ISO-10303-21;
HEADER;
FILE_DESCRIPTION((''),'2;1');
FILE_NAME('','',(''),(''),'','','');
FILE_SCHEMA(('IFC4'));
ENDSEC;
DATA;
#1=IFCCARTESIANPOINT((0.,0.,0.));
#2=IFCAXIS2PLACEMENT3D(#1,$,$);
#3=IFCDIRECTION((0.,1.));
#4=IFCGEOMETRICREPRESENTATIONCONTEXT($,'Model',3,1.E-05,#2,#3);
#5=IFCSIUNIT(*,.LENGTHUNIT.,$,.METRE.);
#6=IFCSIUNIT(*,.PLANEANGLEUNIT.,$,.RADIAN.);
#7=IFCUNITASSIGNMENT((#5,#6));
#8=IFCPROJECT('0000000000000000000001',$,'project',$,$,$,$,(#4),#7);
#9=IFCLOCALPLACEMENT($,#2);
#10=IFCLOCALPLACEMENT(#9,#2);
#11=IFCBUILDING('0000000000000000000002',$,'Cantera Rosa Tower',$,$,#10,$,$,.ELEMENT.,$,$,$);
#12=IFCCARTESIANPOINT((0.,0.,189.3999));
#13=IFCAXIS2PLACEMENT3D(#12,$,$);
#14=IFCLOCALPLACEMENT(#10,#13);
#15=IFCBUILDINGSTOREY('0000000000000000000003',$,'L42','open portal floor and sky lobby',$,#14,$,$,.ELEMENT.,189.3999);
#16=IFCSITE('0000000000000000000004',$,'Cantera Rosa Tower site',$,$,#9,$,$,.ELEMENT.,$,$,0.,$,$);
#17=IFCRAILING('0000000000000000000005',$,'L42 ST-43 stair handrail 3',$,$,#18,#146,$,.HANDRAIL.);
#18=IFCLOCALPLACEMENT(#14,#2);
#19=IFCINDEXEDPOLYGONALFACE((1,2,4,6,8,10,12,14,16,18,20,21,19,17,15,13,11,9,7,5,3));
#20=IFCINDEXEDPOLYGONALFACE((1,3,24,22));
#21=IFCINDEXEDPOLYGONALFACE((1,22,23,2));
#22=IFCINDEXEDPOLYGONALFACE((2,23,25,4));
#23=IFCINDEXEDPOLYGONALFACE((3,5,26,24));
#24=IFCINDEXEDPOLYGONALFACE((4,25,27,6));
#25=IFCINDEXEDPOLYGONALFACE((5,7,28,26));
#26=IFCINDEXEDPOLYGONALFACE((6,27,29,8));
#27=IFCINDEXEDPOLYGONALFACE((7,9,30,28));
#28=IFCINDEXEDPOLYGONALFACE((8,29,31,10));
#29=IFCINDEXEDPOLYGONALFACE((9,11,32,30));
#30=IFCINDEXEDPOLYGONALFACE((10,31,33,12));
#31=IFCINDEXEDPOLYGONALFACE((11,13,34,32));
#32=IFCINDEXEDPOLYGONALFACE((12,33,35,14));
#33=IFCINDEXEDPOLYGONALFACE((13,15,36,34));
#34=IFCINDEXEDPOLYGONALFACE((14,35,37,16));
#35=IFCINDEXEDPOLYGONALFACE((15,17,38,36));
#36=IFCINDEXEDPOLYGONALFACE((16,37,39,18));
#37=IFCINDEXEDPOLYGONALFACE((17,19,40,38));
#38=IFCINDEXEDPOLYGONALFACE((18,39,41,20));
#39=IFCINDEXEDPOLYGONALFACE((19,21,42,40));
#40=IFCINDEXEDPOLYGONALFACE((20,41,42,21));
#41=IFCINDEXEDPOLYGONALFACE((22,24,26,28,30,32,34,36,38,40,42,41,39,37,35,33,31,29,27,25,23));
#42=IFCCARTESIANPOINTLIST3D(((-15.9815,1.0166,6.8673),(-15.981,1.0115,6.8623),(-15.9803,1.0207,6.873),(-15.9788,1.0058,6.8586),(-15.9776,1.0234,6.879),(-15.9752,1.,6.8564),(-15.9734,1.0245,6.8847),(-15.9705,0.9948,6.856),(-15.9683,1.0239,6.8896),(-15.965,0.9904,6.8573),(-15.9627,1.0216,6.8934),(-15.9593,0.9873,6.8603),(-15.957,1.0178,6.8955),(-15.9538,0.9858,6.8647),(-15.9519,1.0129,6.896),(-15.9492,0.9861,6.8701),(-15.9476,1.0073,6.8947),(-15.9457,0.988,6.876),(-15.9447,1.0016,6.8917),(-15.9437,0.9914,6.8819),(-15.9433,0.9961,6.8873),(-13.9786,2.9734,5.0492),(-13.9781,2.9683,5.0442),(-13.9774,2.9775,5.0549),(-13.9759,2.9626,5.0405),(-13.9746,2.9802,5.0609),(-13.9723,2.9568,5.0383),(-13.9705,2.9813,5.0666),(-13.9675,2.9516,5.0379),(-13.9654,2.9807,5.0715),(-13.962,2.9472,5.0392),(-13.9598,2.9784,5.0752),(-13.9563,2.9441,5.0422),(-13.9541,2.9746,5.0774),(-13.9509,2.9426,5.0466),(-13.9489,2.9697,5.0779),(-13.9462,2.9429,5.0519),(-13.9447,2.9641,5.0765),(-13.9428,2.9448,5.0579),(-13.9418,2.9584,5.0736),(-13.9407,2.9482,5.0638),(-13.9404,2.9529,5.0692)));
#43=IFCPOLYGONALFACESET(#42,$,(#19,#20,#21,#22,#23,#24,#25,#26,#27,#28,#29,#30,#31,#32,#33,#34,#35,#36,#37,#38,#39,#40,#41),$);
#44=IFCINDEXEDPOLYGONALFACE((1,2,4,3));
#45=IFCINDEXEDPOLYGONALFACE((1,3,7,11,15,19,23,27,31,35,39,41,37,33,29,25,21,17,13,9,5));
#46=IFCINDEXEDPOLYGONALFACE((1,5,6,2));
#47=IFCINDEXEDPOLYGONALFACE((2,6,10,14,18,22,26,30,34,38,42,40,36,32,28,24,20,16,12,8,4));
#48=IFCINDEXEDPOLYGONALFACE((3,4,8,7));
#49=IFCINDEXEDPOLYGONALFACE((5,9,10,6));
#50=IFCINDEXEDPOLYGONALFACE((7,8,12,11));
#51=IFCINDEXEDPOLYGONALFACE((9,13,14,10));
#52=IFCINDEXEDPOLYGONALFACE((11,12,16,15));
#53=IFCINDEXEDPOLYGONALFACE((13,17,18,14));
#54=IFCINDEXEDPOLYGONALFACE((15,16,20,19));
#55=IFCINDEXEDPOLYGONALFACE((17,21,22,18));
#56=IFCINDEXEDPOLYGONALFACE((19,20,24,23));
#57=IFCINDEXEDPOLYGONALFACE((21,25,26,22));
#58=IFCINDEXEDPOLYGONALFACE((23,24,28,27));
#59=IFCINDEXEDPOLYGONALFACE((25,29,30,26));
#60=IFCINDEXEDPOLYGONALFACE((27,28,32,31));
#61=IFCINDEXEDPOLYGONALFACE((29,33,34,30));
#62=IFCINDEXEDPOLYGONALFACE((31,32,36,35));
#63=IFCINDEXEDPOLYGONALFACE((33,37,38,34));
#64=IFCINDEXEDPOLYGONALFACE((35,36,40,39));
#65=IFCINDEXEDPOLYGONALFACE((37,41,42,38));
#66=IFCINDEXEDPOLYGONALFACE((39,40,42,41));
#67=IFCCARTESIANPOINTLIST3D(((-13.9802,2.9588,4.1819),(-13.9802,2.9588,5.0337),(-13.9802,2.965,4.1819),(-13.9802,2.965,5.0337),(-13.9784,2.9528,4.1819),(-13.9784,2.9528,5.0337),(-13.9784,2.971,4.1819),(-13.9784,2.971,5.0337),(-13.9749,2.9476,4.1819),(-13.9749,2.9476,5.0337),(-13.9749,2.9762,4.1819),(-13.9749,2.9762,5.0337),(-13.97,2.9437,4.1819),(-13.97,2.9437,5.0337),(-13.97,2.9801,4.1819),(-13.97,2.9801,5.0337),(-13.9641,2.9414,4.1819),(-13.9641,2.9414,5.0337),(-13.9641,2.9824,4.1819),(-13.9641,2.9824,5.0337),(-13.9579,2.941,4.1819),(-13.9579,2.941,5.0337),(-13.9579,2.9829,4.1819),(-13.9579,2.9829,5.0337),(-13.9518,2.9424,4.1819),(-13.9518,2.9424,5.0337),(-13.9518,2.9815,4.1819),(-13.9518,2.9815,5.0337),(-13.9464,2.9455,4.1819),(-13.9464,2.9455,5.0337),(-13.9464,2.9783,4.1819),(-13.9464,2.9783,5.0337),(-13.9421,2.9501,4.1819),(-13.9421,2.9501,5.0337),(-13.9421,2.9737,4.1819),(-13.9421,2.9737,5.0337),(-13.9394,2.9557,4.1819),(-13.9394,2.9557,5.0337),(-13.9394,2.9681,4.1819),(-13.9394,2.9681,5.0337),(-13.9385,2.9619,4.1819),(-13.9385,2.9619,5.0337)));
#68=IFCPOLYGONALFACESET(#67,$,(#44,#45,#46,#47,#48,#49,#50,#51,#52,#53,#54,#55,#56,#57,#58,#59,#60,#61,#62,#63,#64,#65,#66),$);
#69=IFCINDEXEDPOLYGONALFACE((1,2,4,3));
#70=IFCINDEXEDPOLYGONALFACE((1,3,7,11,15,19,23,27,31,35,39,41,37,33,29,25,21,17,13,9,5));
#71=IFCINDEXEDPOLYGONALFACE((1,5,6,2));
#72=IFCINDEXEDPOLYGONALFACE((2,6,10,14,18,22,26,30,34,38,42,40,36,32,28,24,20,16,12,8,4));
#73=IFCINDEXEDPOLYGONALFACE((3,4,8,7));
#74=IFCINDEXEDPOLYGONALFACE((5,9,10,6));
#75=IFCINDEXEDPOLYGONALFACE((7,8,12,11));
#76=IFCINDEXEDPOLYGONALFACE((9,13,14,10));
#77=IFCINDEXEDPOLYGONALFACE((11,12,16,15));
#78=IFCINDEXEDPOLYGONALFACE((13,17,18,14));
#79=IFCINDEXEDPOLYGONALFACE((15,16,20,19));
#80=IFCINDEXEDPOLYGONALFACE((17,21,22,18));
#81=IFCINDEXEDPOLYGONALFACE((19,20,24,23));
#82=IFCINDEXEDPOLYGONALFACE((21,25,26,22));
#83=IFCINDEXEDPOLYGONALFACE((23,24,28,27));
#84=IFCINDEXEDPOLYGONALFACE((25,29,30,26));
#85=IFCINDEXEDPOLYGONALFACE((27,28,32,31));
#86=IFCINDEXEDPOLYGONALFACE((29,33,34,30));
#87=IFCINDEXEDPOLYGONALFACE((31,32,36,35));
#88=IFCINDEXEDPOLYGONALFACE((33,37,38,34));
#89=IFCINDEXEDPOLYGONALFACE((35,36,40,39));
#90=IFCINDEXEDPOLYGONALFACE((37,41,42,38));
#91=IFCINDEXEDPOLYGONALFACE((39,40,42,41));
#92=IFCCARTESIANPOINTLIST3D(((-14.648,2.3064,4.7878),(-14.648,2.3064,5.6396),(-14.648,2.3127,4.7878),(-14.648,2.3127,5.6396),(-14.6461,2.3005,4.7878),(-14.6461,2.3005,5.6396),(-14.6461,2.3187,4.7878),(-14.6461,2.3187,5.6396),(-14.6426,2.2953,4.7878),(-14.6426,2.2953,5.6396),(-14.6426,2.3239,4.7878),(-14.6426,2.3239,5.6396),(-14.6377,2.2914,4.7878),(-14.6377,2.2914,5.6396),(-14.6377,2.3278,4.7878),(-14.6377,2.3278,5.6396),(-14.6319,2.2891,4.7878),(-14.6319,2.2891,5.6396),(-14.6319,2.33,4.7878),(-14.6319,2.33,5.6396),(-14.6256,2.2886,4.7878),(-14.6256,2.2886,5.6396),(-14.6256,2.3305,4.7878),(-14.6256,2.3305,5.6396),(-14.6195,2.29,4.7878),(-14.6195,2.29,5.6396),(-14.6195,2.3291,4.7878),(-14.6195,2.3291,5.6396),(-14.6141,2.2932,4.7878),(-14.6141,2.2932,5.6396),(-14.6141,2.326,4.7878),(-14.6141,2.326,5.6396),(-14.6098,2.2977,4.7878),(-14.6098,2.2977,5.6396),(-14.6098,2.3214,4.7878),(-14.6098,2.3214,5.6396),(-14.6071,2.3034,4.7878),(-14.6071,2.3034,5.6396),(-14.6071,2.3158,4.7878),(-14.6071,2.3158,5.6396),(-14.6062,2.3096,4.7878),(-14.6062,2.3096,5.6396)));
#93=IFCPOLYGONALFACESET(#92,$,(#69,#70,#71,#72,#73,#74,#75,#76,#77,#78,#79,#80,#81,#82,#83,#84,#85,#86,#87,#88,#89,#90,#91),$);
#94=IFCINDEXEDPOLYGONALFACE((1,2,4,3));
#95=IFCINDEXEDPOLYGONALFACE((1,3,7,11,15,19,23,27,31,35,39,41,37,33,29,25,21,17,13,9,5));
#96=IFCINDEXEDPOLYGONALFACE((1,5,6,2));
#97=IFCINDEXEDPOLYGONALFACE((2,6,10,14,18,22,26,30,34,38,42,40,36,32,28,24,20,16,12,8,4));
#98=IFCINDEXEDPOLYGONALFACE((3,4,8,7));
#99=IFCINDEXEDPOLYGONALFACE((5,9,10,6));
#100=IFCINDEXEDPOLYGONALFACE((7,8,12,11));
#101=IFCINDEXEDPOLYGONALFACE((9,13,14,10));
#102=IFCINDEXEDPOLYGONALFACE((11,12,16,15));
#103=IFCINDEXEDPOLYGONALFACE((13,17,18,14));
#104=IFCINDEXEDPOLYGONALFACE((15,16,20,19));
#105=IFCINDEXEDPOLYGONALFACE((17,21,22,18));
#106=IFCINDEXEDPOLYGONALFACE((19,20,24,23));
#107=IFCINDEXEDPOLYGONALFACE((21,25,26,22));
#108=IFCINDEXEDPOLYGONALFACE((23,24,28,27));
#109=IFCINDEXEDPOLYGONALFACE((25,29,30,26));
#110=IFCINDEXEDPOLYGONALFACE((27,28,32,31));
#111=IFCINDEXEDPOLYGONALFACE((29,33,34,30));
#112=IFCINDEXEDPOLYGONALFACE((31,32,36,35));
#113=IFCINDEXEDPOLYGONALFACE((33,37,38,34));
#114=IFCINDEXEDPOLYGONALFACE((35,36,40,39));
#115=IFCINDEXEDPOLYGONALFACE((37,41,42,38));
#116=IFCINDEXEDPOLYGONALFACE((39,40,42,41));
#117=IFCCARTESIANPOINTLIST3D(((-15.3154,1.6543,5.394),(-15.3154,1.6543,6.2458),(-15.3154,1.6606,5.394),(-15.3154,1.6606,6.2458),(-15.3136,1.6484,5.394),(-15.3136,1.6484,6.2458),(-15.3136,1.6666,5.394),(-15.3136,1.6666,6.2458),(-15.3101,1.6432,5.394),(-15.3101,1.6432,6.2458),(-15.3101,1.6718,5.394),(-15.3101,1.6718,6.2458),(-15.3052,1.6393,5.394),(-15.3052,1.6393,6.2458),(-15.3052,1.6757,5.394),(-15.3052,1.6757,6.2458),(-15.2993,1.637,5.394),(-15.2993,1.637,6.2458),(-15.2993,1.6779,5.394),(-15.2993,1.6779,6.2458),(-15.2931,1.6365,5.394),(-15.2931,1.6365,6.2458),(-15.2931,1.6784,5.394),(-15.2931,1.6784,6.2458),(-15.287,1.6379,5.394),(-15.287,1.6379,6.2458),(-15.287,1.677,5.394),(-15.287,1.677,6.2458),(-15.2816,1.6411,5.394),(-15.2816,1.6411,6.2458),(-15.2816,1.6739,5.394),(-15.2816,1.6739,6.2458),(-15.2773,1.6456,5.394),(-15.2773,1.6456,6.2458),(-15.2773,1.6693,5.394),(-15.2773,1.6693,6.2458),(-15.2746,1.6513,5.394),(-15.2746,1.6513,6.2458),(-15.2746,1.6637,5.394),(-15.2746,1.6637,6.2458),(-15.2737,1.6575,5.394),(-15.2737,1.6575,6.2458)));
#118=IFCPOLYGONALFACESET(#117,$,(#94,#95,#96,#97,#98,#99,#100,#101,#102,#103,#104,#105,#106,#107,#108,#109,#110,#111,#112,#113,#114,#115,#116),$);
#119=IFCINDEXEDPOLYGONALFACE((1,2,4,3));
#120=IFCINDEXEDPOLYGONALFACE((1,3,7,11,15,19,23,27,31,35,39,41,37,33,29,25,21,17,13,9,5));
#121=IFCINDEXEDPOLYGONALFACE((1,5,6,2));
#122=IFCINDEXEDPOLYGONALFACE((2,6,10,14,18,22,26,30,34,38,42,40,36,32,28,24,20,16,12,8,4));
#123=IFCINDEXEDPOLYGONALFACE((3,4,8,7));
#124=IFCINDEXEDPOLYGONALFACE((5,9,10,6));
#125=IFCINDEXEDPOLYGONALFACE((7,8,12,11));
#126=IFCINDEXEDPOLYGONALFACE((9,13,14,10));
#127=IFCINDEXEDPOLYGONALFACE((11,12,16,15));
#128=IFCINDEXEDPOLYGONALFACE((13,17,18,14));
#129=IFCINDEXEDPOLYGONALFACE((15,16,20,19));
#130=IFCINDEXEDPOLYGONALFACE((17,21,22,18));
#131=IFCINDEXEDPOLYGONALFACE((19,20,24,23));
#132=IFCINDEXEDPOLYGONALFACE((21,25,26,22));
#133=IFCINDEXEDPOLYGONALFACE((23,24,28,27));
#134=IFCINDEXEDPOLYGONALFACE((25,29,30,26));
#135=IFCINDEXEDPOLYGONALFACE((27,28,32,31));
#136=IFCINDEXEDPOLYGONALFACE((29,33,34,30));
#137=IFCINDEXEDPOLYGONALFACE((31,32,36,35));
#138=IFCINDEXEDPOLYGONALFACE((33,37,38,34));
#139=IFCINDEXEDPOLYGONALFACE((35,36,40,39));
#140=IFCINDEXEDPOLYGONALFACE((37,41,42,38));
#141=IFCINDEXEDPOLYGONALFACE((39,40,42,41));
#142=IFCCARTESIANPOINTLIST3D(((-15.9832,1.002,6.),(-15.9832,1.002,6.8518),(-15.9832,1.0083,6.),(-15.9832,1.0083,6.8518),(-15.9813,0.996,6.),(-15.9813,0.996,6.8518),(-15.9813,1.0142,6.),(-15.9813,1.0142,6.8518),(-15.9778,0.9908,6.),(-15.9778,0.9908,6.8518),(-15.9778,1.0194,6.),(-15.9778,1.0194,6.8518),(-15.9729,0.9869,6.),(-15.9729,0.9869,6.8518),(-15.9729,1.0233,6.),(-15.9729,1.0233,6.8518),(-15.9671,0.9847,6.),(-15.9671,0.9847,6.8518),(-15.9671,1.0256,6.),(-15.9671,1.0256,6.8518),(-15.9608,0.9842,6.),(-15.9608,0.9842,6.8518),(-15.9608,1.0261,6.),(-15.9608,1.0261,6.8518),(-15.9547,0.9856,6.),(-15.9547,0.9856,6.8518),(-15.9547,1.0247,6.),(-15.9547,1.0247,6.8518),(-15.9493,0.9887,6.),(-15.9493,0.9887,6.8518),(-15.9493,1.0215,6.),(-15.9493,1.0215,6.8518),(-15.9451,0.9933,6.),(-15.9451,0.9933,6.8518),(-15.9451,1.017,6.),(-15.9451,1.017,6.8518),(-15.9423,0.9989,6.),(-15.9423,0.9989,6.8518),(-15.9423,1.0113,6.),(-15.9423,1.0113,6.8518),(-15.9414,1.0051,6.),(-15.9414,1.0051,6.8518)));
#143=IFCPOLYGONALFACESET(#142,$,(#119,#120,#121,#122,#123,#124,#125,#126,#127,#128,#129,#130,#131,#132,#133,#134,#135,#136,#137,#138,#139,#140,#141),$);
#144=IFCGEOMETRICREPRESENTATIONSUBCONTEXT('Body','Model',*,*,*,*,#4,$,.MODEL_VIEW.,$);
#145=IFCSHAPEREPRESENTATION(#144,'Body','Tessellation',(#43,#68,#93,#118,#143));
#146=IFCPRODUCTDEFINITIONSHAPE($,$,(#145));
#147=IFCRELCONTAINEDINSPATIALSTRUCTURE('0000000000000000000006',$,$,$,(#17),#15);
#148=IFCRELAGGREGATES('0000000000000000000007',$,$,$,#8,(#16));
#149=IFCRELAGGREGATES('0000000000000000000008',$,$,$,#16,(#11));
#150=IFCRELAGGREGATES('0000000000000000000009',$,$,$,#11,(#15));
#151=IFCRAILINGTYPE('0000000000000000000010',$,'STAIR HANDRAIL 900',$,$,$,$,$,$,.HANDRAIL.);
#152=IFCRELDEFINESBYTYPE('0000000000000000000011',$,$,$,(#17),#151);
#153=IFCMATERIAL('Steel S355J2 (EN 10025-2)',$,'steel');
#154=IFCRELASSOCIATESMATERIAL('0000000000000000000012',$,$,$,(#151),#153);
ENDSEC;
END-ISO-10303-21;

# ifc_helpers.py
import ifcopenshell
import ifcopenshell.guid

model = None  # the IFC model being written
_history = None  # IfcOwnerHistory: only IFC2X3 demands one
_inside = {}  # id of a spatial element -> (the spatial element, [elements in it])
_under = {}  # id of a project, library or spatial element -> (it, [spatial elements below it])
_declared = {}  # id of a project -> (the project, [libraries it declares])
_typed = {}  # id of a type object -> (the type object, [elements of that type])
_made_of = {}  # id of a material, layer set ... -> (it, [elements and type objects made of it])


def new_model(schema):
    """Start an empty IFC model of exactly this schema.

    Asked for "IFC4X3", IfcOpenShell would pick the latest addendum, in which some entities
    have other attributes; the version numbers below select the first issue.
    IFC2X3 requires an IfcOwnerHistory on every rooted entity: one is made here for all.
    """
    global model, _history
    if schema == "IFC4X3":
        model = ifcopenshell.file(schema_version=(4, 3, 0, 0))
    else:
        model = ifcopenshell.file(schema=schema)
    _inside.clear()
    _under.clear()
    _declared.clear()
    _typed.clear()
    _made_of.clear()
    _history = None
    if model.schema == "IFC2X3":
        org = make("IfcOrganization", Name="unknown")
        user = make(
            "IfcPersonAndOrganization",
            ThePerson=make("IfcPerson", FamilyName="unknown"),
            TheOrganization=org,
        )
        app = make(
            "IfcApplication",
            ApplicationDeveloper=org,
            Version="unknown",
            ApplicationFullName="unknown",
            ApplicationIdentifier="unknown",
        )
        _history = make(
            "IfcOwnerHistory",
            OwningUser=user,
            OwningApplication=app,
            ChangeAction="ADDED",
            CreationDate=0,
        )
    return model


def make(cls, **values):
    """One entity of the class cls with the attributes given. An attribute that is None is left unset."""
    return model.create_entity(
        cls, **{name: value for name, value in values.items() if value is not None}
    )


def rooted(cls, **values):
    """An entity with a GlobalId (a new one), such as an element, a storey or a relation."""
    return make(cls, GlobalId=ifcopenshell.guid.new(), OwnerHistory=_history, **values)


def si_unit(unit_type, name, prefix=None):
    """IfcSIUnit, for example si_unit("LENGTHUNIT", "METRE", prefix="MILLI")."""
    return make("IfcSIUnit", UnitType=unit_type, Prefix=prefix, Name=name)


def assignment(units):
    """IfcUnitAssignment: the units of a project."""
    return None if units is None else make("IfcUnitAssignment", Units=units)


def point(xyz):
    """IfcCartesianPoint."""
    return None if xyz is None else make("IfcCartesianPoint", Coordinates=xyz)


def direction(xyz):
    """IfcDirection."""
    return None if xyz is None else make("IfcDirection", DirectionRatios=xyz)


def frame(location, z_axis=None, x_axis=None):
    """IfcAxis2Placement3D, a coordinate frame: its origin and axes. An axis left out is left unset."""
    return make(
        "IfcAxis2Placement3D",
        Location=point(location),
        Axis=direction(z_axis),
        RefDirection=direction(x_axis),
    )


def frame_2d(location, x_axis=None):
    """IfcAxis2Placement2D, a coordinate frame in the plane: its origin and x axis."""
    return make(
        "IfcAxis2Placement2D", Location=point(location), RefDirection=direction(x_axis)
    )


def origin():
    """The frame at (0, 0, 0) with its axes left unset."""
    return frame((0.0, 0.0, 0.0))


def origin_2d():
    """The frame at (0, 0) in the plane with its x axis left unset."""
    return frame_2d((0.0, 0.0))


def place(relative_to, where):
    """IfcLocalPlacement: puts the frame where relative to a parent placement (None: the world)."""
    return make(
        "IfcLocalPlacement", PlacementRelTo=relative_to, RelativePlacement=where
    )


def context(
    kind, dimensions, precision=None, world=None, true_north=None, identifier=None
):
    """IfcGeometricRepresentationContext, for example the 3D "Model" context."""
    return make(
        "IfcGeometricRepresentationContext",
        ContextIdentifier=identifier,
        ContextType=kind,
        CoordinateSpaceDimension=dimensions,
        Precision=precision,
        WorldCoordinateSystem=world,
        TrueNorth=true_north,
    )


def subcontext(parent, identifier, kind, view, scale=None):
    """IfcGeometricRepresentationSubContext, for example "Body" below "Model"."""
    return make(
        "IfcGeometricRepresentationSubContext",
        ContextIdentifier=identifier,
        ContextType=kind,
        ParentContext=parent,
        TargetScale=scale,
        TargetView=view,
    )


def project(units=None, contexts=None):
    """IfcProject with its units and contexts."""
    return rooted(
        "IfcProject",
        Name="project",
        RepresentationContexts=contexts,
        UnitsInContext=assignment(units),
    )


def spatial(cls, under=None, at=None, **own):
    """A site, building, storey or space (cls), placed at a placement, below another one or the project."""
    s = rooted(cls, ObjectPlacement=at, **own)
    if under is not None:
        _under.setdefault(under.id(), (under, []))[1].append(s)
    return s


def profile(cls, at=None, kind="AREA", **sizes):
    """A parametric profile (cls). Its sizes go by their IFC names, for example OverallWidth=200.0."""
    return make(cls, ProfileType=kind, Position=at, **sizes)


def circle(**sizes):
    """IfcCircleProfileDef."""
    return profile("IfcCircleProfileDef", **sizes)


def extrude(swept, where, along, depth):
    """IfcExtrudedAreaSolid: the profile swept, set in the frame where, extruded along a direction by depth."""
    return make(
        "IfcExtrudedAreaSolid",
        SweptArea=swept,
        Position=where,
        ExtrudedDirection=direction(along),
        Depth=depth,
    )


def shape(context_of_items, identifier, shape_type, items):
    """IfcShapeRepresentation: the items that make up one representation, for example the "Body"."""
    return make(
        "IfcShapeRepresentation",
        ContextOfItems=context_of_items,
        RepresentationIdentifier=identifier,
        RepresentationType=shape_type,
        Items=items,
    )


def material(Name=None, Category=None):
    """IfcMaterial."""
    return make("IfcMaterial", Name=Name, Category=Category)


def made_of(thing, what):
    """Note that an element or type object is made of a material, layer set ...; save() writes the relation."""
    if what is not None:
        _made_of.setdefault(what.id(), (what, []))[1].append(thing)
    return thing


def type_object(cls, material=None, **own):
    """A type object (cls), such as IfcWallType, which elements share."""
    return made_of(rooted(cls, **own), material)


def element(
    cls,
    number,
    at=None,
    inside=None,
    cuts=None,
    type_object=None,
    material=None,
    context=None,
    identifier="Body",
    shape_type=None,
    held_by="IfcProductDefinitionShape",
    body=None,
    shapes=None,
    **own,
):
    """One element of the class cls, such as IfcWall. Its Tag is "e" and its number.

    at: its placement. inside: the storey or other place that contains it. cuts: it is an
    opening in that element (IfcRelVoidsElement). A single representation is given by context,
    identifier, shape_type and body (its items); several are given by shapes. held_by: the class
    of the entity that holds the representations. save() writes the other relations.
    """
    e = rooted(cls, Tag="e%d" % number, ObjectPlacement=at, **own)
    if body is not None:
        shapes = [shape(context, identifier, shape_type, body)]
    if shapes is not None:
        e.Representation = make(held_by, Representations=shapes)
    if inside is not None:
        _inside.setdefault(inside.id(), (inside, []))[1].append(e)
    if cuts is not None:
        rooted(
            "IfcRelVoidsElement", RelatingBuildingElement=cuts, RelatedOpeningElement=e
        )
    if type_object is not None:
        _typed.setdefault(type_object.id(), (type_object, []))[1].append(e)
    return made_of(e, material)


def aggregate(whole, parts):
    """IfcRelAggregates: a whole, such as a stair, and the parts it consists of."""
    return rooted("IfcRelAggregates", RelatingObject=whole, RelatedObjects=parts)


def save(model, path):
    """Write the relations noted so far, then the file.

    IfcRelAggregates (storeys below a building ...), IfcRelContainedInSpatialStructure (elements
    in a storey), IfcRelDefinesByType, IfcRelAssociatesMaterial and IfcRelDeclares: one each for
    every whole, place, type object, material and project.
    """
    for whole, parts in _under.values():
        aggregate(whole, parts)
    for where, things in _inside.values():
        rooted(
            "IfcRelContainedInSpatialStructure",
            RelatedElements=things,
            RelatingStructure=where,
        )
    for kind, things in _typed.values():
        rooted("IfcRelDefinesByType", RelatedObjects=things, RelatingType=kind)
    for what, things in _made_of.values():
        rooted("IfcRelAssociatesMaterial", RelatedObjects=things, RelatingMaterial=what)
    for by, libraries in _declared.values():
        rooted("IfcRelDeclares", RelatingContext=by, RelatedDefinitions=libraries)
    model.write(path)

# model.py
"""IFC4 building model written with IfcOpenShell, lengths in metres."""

from ifc_helpers import new_model, si_unit, direction, frame, origin, origin_2d, place, context, subcontext, project, spatial, circle, extrude, material, type_object, element, save


model = new_model("IFC4")

# Units and contexts
model_context = context("Model", 3, precision=1e-05, world=origin(), true_north=direction((0.0, 1.0)))
body_context = subcontext(model_context, "Body", "Model", "MODEL_VIEW")
ifc_project = project(units=[si_unit("LENGTHUNIT", "METRE"), si_unit("PLANEANGLEUNIT", "RADIAN")], contexts=[model_context])

# Site, building, storey
site_placement = place(None, origin())
site = spatial("IfcSite", under=ifc_project, at=site_placement, Name="Cantera Rosa Tower site", CompositionType="ELEMENT", RefElevation=0.0)
building_placement = place(site_placement, origin())
building = spatial("IfcBuilding", under=site, at=building_placement, Name="Cantera Rosa Tower", CompositionType="ELEMENT")
storey_placement = place(building_placement, frame((0.0, 0.0, 189.3999)))
storey = spatial("IfcBuildingStorey", under=building, at=storey_placement, Name="L42", Description="open portal floor and sky lobby", CompositionType="ELEMENT", Elevation=189.3999)

# Railing
ifc_material_1 = material(Name="Steel S355J2 (EN 10025-2)", Category="steel")
railing_type_1 = type_object("IfcRailingType", Name="STAIR HANDRAIL 900", PredefinedType="HANDRAIL", material=ifc_material_1)
for number, where, name in (
    (1, (-13.9595, 2.9619, 4.1819), "L42 ST-43 stair handrail 3"),
):
    element("IfcRailing", number, at=place(storey_placement, frame(where)), inside=storey, type_object=railing_type_1, Name=name, PredefinedType="HANDRAIL", context=body_context, shape_type="SweptSolid", body=[
        extrude(circle(Radius=0.0239, at=origin_2d()), frame((0.0, 0.0, 0.876), z_axis=(-0.59993, -0.586109, 0.544573), x_axis=(0.698819, -0.715298, 0.0)), (0.0, 0.0, 1.0), 3.3386),
        extrude(circle(Radius=0.021, at=origin_2d()), origin(), (0.0, 0.0, 1.0), 0.8518),
        extrude(circle(Radius=0.021, at=origin_2d()), frame((-0.6677, -0.6523, 0.606)), (0.0, 0.0, 1.0), 0.8518),
        extrude(circle(Radius=0.021, at=origin_2d()), frame((-1.3352, -1.3044, 1.2122)), (0.0, 0.0, 1.0), 0.8518),
        extrude(circle(Radius=0.021, at=origin_2d()), frame((-2.0029, -1.9568, 1.8181)), (0.0, 0.0, 1.0), 0.8518),
    ])

save(model, "model.ifc")
